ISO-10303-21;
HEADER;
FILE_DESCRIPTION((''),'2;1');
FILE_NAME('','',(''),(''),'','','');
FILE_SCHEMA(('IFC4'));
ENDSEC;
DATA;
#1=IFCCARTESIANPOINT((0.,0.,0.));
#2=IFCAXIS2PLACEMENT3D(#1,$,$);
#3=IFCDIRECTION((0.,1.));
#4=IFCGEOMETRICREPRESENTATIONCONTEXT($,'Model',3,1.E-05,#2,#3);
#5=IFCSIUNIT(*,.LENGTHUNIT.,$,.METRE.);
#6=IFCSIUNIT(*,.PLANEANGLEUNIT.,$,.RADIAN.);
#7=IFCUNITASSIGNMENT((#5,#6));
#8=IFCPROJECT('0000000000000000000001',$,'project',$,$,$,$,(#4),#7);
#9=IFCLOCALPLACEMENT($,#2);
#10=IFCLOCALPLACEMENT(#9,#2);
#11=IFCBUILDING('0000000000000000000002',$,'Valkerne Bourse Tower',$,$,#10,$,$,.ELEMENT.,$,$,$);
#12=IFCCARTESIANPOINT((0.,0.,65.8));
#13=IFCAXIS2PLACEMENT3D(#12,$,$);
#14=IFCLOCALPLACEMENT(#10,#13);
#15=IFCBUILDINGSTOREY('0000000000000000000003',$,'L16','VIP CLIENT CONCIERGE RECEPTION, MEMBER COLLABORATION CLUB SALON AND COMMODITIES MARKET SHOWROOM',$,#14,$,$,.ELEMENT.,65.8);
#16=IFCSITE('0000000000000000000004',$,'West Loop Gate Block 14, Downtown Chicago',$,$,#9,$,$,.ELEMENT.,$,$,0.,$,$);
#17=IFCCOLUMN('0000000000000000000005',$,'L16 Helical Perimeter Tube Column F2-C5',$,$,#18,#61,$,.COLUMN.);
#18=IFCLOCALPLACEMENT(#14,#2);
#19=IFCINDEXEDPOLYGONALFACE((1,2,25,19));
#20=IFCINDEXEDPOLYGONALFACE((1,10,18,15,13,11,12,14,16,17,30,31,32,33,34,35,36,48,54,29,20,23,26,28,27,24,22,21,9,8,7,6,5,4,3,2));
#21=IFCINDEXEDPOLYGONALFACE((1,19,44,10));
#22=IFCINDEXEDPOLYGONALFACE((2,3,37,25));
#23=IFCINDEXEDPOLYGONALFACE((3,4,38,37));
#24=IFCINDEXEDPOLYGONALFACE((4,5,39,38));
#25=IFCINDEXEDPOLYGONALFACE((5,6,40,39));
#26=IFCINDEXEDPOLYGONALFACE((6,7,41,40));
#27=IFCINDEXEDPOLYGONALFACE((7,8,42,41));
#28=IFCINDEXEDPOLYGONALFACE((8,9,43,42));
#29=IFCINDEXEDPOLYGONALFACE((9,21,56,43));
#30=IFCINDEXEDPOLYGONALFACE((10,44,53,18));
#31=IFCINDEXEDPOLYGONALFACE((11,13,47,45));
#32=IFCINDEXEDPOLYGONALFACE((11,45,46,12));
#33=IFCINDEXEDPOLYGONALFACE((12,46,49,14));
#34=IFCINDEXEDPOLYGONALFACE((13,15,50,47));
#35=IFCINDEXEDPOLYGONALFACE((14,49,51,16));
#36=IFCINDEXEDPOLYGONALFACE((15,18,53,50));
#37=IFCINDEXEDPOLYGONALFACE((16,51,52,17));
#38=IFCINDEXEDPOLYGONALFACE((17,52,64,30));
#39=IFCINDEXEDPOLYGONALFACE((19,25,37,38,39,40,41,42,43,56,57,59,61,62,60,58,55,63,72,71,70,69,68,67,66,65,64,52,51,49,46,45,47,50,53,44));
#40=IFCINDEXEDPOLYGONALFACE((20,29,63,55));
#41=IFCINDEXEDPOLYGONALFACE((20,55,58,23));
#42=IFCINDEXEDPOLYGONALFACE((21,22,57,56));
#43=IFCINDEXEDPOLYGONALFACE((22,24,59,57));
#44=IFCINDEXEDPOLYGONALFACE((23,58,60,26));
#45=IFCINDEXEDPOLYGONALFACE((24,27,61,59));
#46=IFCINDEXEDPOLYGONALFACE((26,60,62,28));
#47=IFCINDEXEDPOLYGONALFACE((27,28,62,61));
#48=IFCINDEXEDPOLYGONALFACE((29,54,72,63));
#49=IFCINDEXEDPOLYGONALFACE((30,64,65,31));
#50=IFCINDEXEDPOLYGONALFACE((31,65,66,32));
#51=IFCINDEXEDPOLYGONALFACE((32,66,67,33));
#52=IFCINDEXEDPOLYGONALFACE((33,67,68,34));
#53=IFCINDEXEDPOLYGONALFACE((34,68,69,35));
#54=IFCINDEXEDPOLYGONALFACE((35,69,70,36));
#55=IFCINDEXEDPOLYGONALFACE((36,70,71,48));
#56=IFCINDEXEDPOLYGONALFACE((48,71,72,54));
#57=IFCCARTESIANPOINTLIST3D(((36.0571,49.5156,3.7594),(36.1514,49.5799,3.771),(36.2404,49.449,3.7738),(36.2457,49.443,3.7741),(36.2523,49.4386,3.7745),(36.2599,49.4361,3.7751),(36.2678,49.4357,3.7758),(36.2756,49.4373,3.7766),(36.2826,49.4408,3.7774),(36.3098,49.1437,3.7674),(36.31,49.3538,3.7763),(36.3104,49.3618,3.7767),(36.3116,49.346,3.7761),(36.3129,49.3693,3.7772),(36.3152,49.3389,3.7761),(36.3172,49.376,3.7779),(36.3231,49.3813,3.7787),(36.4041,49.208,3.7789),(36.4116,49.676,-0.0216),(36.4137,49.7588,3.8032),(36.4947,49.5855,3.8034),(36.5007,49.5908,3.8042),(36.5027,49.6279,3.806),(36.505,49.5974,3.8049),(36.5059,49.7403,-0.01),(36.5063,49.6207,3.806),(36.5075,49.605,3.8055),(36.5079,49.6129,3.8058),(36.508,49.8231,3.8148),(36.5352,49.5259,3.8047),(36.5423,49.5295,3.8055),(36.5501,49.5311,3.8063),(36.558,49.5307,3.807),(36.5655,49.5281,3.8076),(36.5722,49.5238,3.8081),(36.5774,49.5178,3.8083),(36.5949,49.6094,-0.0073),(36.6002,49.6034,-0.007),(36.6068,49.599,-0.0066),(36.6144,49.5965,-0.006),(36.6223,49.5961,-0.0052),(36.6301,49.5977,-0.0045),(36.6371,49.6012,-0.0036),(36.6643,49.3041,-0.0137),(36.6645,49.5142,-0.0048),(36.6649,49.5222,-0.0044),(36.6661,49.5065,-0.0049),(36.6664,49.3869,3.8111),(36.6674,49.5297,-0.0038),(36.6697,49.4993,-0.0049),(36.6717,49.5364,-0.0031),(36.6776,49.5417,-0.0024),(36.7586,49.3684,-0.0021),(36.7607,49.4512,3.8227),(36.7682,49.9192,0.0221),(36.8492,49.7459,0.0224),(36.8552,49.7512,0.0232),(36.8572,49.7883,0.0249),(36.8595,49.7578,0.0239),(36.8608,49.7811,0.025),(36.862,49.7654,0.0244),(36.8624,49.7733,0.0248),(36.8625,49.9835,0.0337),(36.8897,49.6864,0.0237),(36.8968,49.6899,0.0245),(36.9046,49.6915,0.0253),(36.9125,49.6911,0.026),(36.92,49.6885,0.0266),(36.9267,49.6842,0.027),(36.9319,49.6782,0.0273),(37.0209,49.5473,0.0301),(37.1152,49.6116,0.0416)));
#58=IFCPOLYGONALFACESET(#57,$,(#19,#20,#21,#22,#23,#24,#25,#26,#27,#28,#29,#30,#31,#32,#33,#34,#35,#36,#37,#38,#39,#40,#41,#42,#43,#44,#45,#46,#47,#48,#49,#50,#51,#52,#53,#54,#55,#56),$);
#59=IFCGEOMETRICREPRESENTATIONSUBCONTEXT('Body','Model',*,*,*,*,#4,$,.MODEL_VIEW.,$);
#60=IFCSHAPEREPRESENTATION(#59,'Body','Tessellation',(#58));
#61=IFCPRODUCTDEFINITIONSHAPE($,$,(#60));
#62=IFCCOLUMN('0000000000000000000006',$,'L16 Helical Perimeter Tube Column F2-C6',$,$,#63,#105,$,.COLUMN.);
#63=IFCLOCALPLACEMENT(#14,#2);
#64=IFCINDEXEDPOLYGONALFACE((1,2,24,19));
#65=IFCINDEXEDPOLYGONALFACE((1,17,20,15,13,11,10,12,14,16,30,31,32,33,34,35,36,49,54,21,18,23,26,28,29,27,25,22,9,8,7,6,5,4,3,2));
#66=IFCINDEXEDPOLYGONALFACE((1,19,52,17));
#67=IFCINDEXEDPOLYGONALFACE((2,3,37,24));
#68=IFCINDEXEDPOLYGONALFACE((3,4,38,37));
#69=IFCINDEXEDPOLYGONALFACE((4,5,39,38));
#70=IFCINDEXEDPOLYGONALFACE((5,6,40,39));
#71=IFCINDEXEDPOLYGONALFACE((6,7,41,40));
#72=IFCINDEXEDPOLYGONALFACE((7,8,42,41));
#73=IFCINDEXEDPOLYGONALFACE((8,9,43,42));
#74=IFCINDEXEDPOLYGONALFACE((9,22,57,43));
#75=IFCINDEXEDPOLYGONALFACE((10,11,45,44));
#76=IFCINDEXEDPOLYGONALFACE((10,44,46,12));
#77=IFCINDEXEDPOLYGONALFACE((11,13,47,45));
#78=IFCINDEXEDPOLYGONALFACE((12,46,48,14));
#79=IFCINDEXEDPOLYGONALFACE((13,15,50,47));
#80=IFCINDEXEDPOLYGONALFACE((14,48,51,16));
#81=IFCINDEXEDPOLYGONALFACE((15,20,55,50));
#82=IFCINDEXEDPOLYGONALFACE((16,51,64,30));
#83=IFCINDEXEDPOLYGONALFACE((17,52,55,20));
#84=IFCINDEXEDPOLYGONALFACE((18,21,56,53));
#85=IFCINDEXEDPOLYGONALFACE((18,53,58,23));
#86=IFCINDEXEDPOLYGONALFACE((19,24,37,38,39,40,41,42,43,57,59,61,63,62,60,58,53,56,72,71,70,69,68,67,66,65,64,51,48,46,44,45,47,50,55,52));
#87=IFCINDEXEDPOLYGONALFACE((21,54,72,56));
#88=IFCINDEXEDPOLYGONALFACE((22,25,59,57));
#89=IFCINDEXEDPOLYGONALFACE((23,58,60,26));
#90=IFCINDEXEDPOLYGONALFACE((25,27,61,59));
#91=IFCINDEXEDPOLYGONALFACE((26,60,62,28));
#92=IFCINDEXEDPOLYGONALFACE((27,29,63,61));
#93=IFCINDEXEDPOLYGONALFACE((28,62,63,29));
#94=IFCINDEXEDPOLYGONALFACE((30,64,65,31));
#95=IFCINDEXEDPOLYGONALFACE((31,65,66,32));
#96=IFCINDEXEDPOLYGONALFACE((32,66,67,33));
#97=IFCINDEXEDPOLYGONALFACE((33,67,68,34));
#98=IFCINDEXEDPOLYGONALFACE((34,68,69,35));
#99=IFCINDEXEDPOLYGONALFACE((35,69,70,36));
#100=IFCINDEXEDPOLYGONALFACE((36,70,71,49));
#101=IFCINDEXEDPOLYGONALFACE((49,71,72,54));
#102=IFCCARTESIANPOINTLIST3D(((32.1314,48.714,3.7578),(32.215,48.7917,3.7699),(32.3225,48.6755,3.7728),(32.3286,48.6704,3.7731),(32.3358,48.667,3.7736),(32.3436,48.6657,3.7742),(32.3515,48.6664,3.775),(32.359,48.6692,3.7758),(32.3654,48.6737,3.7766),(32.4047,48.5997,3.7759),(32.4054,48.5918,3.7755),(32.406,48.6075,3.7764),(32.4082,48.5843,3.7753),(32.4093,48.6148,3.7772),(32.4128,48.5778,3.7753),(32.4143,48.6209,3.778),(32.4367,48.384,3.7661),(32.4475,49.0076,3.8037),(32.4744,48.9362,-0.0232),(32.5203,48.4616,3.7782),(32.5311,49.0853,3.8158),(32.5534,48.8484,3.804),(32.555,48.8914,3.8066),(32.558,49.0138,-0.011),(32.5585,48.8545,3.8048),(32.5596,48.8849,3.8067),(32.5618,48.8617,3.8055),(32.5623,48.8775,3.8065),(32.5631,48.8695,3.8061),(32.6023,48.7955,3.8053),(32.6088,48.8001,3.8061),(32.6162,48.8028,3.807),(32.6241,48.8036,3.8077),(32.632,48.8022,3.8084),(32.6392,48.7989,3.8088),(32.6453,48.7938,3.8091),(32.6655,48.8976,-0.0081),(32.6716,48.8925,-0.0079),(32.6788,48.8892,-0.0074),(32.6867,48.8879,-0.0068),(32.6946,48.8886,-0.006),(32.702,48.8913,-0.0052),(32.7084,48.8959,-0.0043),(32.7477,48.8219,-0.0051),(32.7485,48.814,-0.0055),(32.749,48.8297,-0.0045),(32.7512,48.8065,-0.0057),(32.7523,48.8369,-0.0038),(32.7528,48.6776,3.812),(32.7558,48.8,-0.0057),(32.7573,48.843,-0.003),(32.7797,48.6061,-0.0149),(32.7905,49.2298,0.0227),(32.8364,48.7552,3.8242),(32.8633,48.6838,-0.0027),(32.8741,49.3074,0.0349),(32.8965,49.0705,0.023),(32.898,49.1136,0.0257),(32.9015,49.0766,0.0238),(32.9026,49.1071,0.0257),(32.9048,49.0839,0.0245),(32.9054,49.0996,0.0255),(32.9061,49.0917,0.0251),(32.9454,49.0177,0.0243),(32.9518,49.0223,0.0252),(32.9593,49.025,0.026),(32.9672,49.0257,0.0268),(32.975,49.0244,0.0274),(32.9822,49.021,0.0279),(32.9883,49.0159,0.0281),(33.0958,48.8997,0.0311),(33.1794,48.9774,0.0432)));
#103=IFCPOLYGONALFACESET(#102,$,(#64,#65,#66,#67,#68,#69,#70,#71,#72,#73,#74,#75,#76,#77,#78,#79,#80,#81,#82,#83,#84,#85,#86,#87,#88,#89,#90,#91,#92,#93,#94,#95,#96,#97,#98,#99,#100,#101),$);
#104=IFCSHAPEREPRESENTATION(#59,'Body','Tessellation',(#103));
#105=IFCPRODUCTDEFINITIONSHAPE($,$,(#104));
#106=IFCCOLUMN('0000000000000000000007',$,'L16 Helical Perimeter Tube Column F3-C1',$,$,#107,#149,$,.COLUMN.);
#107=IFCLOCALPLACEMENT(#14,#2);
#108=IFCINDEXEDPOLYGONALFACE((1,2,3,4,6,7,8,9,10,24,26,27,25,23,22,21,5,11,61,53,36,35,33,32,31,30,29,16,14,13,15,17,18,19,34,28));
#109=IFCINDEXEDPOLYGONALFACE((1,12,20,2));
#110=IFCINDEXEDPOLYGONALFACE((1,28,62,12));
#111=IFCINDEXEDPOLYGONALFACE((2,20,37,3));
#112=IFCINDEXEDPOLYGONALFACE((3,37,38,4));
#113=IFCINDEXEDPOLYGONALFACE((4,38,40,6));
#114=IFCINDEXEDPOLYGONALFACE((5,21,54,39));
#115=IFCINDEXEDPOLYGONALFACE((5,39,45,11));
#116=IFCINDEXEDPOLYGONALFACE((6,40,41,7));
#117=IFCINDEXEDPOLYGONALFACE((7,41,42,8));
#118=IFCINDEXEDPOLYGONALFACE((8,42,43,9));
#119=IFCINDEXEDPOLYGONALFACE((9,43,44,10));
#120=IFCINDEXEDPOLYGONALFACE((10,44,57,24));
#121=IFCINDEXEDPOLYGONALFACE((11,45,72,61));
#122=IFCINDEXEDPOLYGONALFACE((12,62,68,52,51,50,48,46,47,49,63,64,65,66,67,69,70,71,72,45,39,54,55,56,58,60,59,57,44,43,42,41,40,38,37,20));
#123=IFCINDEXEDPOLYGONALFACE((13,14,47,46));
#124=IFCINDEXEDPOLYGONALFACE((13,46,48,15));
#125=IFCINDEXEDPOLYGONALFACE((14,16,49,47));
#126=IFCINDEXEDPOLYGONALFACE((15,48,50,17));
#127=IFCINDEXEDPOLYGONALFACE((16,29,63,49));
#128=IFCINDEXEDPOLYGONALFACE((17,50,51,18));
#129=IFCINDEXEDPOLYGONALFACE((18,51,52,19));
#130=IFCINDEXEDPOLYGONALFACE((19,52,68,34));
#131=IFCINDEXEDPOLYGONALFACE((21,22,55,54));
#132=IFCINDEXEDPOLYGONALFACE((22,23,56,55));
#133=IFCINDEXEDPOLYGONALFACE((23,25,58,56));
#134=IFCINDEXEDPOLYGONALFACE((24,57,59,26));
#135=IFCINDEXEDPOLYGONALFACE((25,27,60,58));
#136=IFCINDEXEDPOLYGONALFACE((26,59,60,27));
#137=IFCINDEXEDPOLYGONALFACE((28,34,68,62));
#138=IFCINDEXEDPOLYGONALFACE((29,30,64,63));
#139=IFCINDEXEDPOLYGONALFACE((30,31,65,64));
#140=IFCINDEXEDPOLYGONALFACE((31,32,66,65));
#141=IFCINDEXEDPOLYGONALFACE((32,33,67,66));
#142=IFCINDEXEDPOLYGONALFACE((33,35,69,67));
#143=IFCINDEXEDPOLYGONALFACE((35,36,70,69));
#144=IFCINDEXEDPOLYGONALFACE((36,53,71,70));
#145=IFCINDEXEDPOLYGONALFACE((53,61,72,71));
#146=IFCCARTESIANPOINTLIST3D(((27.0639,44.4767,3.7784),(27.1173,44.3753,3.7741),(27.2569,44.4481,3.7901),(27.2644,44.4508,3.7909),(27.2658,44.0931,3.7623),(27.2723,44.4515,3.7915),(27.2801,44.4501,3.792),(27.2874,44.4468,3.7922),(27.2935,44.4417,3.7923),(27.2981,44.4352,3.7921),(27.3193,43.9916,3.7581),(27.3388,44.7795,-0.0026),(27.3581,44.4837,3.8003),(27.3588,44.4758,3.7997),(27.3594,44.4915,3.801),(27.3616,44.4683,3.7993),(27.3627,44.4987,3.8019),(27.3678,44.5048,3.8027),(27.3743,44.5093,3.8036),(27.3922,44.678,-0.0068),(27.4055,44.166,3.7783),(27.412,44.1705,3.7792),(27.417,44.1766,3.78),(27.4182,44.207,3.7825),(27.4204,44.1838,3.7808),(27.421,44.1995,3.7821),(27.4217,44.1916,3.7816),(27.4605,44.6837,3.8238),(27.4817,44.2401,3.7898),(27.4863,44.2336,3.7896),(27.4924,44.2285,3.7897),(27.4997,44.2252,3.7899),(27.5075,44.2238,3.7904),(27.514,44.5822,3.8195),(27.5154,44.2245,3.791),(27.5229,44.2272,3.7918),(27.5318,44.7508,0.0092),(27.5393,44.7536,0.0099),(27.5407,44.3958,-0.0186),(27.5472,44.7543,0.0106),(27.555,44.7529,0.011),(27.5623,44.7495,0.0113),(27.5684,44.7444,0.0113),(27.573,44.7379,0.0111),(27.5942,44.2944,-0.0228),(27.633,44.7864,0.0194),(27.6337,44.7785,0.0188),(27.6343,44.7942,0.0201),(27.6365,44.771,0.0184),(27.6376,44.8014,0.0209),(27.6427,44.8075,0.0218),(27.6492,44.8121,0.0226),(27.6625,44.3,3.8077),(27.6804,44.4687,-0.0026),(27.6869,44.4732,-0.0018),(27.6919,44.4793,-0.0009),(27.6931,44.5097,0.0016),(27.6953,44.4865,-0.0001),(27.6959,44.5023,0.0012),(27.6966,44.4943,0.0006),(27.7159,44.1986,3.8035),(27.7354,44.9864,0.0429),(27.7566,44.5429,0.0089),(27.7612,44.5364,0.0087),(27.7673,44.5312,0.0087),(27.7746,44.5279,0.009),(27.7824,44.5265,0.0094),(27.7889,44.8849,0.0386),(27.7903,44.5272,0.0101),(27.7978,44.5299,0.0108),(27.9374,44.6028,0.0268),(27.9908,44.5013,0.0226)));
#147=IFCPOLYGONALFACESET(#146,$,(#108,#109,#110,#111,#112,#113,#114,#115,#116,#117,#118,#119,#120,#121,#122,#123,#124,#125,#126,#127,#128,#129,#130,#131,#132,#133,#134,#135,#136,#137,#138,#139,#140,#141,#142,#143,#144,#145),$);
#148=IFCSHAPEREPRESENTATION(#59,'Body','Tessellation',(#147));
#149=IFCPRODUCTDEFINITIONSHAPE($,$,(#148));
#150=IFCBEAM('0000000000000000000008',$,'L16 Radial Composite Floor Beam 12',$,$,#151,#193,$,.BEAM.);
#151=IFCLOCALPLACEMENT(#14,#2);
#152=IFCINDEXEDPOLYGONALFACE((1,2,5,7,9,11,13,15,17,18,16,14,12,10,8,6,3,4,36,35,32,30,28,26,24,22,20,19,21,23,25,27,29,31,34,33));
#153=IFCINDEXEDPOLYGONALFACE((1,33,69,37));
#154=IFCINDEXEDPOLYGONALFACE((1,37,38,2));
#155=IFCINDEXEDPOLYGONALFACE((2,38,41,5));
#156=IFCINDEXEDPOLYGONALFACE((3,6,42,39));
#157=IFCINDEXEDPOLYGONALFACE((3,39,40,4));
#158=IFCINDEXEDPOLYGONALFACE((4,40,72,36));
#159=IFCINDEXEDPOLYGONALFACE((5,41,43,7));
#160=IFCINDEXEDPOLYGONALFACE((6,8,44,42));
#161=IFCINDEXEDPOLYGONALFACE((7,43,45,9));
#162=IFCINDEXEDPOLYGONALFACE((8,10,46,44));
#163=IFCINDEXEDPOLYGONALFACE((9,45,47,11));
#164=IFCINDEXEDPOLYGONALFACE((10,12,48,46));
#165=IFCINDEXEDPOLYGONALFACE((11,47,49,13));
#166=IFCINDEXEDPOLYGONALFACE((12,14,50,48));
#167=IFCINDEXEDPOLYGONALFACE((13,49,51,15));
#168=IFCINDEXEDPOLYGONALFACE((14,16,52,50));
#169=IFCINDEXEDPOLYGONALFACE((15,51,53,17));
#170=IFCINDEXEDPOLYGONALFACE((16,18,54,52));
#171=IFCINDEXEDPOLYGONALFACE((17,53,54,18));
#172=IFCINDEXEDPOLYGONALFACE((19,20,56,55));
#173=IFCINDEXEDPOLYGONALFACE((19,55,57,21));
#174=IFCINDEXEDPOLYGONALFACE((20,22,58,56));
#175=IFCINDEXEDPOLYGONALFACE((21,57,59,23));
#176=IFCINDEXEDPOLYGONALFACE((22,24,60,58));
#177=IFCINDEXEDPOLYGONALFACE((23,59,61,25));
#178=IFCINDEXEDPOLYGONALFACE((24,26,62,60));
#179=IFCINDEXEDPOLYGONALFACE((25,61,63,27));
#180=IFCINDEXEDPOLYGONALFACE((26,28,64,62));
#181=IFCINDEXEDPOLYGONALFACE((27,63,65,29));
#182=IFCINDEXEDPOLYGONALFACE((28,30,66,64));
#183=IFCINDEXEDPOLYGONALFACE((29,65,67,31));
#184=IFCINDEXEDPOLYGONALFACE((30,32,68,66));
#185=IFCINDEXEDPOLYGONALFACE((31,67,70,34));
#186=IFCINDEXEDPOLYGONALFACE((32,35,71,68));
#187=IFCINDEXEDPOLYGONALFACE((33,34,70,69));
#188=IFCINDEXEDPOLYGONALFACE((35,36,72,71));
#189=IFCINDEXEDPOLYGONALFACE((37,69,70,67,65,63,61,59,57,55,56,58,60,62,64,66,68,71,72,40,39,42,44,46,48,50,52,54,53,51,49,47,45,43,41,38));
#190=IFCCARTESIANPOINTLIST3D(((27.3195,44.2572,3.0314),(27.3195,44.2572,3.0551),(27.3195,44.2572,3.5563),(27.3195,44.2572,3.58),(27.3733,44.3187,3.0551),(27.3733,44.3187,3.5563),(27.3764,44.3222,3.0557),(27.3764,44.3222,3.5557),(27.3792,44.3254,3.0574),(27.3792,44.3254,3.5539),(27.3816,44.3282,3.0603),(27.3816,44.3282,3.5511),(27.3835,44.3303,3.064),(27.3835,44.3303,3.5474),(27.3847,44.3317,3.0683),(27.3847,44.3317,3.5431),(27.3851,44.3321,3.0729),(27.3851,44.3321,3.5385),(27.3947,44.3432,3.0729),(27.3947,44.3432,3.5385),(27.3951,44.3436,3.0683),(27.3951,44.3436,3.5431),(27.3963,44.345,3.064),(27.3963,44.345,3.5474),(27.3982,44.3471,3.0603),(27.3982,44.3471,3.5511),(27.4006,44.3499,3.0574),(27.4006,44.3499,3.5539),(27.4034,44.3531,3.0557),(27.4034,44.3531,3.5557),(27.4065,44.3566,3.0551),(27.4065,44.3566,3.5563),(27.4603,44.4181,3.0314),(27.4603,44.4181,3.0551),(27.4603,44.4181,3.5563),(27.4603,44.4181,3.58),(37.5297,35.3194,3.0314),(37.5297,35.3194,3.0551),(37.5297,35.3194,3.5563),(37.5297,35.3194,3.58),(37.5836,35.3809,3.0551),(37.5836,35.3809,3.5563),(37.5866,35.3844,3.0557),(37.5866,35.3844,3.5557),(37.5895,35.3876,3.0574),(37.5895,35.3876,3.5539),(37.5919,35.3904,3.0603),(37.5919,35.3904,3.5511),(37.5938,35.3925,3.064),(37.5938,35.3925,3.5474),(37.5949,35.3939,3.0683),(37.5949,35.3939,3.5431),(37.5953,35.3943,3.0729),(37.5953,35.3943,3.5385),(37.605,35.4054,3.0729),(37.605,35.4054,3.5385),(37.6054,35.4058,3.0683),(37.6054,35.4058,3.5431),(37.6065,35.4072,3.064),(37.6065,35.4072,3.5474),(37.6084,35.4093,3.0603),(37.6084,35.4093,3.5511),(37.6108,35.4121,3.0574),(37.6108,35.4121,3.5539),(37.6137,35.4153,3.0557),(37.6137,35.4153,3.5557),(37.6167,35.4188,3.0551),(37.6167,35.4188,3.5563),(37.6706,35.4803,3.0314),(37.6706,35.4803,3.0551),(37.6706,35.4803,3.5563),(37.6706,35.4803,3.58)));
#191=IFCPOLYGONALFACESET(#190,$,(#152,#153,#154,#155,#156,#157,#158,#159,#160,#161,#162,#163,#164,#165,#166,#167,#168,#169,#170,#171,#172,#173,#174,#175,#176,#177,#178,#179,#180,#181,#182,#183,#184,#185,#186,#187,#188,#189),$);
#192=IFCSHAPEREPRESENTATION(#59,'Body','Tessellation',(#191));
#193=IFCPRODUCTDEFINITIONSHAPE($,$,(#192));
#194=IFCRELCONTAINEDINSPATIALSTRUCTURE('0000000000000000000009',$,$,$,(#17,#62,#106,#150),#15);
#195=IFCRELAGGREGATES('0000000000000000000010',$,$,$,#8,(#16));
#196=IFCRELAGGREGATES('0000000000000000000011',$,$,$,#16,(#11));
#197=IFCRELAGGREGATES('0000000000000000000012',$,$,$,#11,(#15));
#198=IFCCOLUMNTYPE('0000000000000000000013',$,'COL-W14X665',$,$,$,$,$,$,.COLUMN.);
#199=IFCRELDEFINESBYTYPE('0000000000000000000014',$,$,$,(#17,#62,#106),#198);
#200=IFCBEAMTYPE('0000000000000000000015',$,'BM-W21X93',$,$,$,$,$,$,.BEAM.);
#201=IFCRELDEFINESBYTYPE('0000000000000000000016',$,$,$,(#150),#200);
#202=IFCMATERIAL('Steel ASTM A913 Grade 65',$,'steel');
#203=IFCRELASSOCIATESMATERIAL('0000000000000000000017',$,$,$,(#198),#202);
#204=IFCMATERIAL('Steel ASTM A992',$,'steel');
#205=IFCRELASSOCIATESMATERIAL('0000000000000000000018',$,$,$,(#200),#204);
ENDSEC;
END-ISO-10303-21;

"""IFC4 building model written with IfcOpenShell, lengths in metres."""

from ifc_helpers import new_model, si_unit, direction, frame, origin, origin_2d, place, context, subcontext, project, spatial, i_section, extrude, material, material_profile, profile_set, type_object, element, save


model = new_model("IFC4")

# Units and contexts
model_context = context("Model", 3, precision=1e-05, world=origin(), true_north=direction((0.0, 1.0)))
body_context = subcontext(model_context, "Body", "Model", "MODEL_VIEW")
ifc_project = project(units=[si_unit("LENGTHUNIT", "METRE"), si_unit("PLANEANGLEUNIT", "RADIAN")], contexts=[model_context])

# Site, building, storey
site_placement = place(None, origin())
site = spatial("IfcSite", under=ifc_project, at=site_placement, Name="West Loop Gate Block 14, Downtown Chicago", CompositionType="ELEMENT", RefElevation=0.0)
building_placement = place(site_placement, origin())
building = spatial("IfcBuilding", under=site, at=building_placement, Name="Valkerne Bourse Tower", CompositionType="ELEMENT")
storey_placement = place(building_placement, frame((0.0, 0.0, 65.8)))
storey = spatial("IfcBuildingStorey", under=building, at=storey_placement, Name="L16", Description="VIP CLIENT CONCIERGE RECEPTION, MEMBER COLLABORATION CLUB SALON AND COMMODITIES MARKET SHOWROOM", CompositionType="ELEMENT", Elevation=65.8)

# Columns
ifc_material_1 = material(Name="Steel ASTM A913 Grade 65", Category="steel")
ifc_material_profile_1 = material_profile(ifc_material_1, i_section(OverallWidth=0.4497, OverallDepth=0.5486, WebThickness=0.072, FlangeThickness=0.1147, FilletRadius=0.0305, at=origin_2d()), Name="W14X665")
ifc_profile_set_1 = profile_set([ifc_material_profile_1], Name="Steel ASTM A913 Grade 65")
column_type = type_object("IfcColumnType", Name="COL-W14X665", PredefinedType="COLUMN", material=ifc_profile_set_1)
column_placement = place(storey_placement, frame((36.7634, 49.6438, 0.01), z_axis=(-0.093264, -0.0422, 0.994747), x_axis=(-0.561921, 0.827004, -0.0176)))
element("IfcColumn", 1, at=column_placement, inside=storey, type_object=column_type, Name="L16 Helical Perimeter Tube Column F2-C5", PredefinedType="COLUMN", context=body_context, shape_type="SweptSolid", body=[
    extrude(i_section(OverallWidth=0.4497, OverallDepth=0.5486, WebThickness=0.072, FlangeThickness=0.1147, FilletRadius=0.0305, at=origin_2d()), origin(), (0.0, 0.0, 1.0), 3.801),
])
for number, where, z_axis, x_axis, name in (
    (2, (32.8269, 48.9568, 0.01), (-0.090196, -0.058419, 0.994209), (-0.678997, 0.733908, -0.018476), "L16 Helical Perimeter Tube Column F2-C6"),
    (3, (27.6648, 44.6404, 0.01), (-0.072285, -0.079603, 0.994202), (-0.88207, -0.46017, -0.100976), "L16 Helical Perimeter Tube Column F3-C1"),
):
    element("IfcColumn", number, at=place(storey_placement, frame(where, z_axis=z_axis, x_axis=x_axis)), inside=storey, type_object=column_type, Name=name, PredefinedType="COLUMN", context=body_context, shape_type="SweptSolid", body=[
        extrude(i_section(OverallWidth=0.4497, OverallDepth=0.5486, WebThickness=0.072, FlangeThickness=0.1147, FilletRadius=0.0305, at=origin_2d()), origin(), (0.0, 0.0, 1.0), 3.803),
    ])

# Beam
ifc_material_2 = material(Name="Steel ASTM A992", Category="steel")
ifc_material_profile_2 = material_profile(ifc_material_2, i_section(OverallWidth=0.2139, OverallDepth=0.5486, WebThickness=0.0146, FlangeThickness=0.0237, FilletRadius=0.0178, at=origin_2d()), Name="W21X93")
ifc_profile_set_2 = profile_set([ifc_material_profile_2], Name="Steel ASTM A992")
beam_type_1 = type_object("IfcBeamType", Name="BM-W21X93", PredefinedType="BEAM", material=ifc_profile_set_2)
beam_1_placement = place(storey_placement, frame((27.3899, 44.3376, 3.3057), z_axis=(0.752437, -0.658664, 0.0), x_axis=(0.658664, 0.752437, 0.0)))
element("IfcBeam", 4, at=beam_1_placement, inside=storey, type_object=beam_type_1, Name="L16 Radial Composite Floor Beam 12", PredefinedType="BEAM", context=body_context, shape_type="SweptSolid", body=[
    extrude(i_section(OverallWidth=0.2139, OverallDepth=0.5486, WebThickness=0.0146, FlangeThickness=0.0237, FilletRadius=0.0178, at=origin_2d()), origin(), (0.0, 0.0, 1.0), 13.5696),
])

save(model, "model.ifc")
